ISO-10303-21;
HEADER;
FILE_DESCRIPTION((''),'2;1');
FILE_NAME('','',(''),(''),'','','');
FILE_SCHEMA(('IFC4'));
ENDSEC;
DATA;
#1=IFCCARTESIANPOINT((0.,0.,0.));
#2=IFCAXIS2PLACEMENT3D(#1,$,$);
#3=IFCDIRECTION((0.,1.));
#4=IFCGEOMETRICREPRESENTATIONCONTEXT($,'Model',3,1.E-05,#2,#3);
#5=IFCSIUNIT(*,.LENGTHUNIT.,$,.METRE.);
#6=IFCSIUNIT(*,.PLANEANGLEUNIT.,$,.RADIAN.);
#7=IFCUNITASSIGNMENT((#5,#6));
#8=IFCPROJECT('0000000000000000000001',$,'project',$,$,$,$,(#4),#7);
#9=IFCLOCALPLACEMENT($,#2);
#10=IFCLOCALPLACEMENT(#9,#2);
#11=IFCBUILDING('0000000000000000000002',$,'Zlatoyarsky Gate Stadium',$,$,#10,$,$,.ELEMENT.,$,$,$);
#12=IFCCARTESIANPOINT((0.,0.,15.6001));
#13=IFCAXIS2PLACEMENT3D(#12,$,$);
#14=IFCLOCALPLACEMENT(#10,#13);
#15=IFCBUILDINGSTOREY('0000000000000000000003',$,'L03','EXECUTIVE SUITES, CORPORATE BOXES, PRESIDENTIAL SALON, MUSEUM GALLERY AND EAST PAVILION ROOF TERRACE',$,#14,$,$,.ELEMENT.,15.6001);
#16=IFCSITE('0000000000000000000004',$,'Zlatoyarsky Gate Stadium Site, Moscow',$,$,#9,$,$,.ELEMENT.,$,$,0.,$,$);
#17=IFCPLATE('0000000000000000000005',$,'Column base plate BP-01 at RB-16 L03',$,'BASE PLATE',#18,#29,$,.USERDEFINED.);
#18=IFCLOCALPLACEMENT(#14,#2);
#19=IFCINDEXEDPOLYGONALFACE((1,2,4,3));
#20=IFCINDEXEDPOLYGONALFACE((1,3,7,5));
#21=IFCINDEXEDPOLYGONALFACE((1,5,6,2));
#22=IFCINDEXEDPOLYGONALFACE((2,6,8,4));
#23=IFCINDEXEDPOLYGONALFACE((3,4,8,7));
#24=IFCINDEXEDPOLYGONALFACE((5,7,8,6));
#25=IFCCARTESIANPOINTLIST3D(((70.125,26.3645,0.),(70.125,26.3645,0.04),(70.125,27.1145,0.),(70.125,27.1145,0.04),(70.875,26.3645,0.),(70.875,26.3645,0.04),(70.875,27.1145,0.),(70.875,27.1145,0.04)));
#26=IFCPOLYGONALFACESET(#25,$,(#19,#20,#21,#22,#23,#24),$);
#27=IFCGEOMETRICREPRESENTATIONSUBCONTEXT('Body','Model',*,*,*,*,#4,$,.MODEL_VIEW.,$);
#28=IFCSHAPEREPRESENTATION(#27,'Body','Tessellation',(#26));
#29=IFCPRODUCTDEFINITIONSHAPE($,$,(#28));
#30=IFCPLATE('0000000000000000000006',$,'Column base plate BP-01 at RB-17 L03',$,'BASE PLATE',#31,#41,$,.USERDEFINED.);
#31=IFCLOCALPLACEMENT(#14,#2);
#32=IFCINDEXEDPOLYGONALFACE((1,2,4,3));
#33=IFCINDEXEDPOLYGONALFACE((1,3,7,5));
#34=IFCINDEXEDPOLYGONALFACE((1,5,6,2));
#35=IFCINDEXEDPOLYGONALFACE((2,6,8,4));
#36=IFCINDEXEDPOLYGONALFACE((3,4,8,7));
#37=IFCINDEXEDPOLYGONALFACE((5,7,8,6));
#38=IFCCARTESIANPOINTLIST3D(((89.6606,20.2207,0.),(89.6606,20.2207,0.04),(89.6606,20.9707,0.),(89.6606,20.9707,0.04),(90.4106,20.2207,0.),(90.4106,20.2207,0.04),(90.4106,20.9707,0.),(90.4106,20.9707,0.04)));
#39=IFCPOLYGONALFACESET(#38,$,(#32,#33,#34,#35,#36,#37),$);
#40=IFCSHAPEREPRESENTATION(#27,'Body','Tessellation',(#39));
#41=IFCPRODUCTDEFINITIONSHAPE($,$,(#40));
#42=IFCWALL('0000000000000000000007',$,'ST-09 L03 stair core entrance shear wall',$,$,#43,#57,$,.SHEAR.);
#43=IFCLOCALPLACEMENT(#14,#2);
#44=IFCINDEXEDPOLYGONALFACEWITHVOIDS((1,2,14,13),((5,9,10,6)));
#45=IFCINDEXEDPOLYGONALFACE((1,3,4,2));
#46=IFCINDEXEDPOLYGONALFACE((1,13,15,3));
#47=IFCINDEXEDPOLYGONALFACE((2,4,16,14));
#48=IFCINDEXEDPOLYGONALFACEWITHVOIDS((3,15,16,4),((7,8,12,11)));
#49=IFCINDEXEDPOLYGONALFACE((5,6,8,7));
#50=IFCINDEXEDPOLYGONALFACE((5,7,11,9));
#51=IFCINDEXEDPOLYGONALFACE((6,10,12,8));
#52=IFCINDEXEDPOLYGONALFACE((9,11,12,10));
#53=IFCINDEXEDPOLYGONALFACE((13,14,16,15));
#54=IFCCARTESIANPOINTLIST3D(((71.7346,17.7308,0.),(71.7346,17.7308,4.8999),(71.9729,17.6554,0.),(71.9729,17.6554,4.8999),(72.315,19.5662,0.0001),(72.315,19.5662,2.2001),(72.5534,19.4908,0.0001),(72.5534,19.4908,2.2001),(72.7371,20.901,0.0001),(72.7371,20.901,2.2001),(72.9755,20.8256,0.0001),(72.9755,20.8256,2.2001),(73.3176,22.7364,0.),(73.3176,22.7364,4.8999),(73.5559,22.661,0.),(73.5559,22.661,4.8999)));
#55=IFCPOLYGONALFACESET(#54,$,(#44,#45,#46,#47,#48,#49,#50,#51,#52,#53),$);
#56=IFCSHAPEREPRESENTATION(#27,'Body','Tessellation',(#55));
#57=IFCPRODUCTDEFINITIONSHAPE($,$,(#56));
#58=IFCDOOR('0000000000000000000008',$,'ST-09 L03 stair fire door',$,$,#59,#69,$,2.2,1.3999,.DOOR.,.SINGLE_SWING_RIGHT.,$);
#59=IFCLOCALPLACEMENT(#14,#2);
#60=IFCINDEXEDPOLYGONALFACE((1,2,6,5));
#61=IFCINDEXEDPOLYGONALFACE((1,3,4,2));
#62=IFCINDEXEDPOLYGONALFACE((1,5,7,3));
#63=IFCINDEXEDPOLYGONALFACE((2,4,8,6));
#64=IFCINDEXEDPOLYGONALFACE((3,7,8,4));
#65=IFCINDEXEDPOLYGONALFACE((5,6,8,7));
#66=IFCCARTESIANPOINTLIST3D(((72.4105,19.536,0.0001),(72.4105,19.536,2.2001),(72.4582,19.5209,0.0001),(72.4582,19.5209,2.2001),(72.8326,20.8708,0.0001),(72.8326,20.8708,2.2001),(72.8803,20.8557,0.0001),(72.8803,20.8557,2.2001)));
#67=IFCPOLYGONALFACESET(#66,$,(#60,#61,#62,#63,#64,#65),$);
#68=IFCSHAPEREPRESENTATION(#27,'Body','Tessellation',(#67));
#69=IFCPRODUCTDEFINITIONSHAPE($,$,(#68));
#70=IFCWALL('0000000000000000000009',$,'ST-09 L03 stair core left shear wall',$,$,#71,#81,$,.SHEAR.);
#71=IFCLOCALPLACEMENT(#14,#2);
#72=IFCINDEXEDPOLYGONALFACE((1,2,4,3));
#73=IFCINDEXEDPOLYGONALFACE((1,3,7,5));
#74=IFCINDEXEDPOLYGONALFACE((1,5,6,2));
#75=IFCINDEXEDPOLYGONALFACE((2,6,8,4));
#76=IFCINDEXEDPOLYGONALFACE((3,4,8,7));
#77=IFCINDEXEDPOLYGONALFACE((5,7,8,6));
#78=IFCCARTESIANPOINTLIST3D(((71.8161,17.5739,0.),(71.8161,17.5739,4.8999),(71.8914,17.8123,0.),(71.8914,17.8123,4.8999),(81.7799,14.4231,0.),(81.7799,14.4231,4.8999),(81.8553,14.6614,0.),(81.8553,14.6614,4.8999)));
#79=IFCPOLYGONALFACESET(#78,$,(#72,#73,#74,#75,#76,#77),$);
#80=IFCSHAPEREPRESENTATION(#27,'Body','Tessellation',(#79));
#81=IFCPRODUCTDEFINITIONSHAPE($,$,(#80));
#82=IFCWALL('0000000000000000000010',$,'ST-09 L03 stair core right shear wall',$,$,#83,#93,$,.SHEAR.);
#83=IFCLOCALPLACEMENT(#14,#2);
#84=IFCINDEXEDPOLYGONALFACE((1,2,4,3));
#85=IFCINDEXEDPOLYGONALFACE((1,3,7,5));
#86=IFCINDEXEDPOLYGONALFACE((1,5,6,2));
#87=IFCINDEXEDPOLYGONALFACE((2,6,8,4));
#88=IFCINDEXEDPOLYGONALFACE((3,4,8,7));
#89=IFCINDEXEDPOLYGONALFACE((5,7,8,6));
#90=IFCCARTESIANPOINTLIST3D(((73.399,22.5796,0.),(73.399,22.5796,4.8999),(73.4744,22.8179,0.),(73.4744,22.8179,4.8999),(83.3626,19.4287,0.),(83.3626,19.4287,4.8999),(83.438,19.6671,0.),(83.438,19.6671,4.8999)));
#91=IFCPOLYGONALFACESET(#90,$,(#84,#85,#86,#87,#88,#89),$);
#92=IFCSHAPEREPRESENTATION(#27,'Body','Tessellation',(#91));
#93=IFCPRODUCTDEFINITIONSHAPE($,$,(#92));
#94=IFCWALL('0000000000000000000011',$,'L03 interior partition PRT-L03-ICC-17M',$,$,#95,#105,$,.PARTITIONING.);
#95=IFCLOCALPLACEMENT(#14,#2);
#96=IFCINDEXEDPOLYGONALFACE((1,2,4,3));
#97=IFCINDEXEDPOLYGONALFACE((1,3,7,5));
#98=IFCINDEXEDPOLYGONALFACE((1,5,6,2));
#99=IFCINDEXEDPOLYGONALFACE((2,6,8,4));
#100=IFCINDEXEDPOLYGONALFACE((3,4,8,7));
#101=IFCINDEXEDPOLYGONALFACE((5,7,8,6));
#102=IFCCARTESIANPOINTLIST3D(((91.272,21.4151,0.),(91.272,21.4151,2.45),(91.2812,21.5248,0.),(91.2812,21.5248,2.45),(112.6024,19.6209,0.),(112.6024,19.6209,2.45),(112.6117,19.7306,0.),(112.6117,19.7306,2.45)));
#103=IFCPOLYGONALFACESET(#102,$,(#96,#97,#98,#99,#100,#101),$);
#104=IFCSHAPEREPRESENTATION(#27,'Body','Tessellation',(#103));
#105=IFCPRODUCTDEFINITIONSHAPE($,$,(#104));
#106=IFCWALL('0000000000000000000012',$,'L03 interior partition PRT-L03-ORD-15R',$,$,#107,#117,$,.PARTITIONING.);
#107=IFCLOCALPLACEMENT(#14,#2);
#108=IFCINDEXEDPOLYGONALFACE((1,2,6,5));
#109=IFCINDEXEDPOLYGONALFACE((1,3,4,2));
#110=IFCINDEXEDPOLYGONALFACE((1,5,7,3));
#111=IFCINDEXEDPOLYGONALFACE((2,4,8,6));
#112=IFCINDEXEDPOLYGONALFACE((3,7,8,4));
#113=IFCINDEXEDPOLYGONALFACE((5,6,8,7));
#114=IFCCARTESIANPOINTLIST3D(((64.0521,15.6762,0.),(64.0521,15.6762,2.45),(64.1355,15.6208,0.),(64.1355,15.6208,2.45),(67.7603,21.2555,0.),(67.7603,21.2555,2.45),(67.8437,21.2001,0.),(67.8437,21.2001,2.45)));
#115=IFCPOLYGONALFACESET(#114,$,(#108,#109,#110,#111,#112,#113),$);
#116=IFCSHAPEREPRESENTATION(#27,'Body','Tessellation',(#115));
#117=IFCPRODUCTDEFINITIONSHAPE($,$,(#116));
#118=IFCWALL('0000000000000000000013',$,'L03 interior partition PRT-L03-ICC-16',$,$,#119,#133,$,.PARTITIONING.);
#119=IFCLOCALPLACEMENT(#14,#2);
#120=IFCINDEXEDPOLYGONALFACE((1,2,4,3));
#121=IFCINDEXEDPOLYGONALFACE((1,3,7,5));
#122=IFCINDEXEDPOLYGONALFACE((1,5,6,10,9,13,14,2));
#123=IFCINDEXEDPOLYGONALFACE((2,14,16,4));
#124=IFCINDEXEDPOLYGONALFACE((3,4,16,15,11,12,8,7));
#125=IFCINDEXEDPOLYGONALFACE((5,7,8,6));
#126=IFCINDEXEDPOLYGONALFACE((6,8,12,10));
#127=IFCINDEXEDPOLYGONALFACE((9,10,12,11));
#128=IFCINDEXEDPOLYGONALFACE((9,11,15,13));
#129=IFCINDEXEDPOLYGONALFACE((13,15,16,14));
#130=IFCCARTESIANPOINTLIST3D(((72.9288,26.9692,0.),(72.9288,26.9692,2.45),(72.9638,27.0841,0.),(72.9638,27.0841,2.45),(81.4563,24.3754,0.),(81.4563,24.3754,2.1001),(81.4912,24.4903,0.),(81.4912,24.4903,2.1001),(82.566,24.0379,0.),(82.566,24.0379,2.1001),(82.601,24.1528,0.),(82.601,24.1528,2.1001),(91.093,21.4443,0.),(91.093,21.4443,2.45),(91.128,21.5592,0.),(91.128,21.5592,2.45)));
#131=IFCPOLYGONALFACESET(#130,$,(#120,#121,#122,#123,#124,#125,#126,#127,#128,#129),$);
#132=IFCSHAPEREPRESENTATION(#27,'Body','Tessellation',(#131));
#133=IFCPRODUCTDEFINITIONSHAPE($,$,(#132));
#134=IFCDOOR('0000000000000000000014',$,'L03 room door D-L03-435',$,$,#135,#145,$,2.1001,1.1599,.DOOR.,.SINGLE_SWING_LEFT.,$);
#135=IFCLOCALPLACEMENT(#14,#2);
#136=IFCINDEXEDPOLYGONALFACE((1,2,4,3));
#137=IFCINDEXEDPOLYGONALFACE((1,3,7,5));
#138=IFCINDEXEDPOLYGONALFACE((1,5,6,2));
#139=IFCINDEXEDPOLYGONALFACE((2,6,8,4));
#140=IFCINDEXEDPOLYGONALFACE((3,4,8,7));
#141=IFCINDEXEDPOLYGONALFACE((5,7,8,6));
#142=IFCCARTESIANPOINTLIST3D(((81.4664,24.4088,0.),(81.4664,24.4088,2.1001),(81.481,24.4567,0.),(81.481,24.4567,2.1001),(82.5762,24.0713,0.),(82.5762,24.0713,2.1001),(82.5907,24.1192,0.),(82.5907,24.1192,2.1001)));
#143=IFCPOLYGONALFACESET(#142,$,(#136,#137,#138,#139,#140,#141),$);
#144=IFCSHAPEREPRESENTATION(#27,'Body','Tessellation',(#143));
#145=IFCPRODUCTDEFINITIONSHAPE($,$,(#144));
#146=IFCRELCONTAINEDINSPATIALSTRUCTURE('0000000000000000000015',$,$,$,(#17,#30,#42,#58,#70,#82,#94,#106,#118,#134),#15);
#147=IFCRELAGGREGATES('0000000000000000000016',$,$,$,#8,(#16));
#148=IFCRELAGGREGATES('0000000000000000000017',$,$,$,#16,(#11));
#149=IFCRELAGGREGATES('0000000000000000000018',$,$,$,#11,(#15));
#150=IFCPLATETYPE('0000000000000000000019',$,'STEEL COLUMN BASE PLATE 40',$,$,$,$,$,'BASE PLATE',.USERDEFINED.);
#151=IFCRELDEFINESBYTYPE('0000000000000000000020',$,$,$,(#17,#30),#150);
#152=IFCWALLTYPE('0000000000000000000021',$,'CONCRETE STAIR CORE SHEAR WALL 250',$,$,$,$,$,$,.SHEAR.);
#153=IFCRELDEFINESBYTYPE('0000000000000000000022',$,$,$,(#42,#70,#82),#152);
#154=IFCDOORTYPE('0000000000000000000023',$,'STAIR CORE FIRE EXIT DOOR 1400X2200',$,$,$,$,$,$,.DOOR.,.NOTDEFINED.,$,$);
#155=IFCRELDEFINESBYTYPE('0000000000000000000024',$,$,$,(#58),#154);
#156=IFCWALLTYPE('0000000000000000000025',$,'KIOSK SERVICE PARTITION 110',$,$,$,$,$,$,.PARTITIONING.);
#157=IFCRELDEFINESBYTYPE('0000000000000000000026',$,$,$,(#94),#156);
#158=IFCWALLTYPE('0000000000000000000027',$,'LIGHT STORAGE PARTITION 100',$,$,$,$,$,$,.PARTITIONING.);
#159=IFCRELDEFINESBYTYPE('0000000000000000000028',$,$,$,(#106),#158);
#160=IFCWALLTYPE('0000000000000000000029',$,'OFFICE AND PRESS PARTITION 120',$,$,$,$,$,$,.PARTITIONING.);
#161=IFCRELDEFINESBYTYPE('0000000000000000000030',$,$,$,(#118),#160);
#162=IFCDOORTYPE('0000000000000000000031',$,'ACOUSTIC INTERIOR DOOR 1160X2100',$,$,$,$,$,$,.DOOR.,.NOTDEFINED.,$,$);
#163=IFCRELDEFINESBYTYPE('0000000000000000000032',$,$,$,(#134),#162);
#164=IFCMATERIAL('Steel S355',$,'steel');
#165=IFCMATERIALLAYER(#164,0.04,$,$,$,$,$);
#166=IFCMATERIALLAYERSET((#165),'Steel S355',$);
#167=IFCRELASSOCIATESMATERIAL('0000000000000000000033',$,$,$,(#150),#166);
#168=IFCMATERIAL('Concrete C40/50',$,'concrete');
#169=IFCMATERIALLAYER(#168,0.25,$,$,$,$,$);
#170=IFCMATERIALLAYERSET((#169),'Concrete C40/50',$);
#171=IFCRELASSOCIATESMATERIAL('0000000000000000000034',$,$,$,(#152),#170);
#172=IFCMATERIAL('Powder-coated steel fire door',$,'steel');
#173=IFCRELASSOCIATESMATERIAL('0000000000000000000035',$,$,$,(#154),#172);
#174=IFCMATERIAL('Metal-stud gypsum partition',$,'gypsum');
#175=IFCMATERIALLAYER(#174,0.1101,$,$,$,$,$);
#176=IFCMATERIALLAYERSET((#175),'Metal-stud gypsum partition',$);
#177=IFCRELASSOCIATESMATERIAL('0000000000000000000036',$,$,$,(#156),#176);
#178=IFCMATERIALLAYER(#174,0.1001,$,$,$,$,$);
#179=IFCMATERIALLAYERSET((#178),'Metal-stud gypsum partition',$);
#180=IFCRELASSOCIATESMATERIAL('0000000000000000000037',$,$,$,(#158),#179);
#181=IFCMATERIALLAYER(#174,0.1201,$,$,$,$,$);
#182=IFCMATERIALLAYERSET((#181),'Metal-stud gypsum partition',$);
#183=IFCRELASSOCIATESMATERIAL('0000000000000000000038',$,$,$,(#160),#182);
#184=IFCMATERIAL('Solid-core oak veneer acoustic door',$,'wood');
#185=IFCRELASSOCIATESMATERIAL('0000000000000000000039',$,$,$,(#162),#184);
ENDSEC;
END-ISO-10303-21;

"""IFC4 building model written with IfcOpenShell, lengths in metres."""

from ifc_helpers import new_model, si_unit, direction, frame, frame_2d, origin, origin_2d, place, context, subcontext, project, spatial, rectangle, extrude, material, layer, layer_set, type_object, element, fill, save


model = new_model("IFC4")

# Units and contexts
model_context = context("Model", 3, precision=1e-05, world=origin(), true_north=direction((0.0, 1.0)))
body_context = subcontext(model_context, "Body", "Model", "MODEL_VIEW")
ifc_project = project(units=[si_unit("LENGTHUNIT", "METRE"), si_unit("PLANEANGLEUNIT", "RADIAN")], contexts=[model_context])

# Site, building, storey
site_placement = place(None, origin())
site = spatial("IfcSite", under=ifc_project, at=site_placement, Name="Zlatoyarsky Gate Stadium Site, Moscow", CompositionType="ELEMENT", RefElevation=0.0)
building_placement = place(site_placement, origin())
building = spatial("IfcBuilding", under=site, at=building_placement, Name="Zlatoyarsky Gate Stadium", CompositionType="ELEMENT")
storey_placement = place(building_placement, frame((0.0, 0.0, 15.6001)))
storey = spatial("IfcBuildingStorey", under=building, at=storey_placement, Name="L03", Description="EXECUTIVE SUITES, CORPORATE BOXES, PRESIDENTIAL SALON, MUSEUM GALLERY AND EAST PAVILION ROOF TERRACE", CompositionType="ELEMENT", Elevation=15.6001)

# Shared definitions
ifc_material_1 = material(Name="Steel S355", Category="steel")

# Plates
ifc_layer_1 = layer(ifc_material_1, 0.04)
ifc_layer_set_1 = layer_set([ifc_layer_1], Name="Steel S355")
plate_type = type_object("IfcPlateType", Name="STEEL COLUMN BASE PLATE 40", ElementType="BASE PLATE", PredefinedType="USERDEFINED", material=ifc_layer_set_1)
for number, where, z_axis, x_axis, name in (
    (1, (70.5, 26.7395, 0.0), (0.0, 0.0, 1.0), (1.0, 0.0, 0.0), "Column base plate BP-01 at RB-16 L03"),
    (2, (90.0356, 20.5957, 0.0), (0.0, 0.0, 1.0), (1.0, 0.0, 0.0), "Column base plate BP-01 at RB-17 L03"),
):
    element("IfcPlate", number, at=place(storey_placement, frame(where, z_axis=z_axis, x_axis=x_axis)), inside=storey, type_object=plate_type, Name=name, ObjectType="BASE PLATE", PredefinedType="USERDEFINED", context=body_context, shape_type="SweptSolid", body=[
        extrude(rectangle(XDim=0.75, YDim=0.75, at=origin_2d()), origin(), (0.0, 0.0, 1.0), 0.04),
    ])

# Wall, opening, door
ifc_material_2 = material(Name="Concrete C40/50", Category="concrete")
ifc_layer_2 = layer(ifc_material_2, 0.25)
ifc_layer_set_2 = layer_set([ifc_layer_2], Name="Concrete C40/50")
wall_type_1 = type_object("IfcWallType", Name="CONCRETE STAIR CORE SHEAR WALL 250", PredefinedType="SHEAR", material=ifc_layer_set_2)
wall_1_placement = place(storey_placement, frame((73.4368, 22.6987, 0.0), z_axis=(0.0, 0.0, 1.0), x_axis=(-0.301527, -0.953457, 0.0)))
wall_1 = element("IfcWall", 3, at=wall_1_placement, inside=storey, type_object=wall_type_1, Name="ST-09 L03 stair core entrance shear wall", PredefinedType="SHEAR", context=body_context, shape_type="SweptSolid", body=[
    extrude(rectangle(XDim=5.25, YDim=0.25, at=frame_2d((2.625, 0.0))), origin(), (0.0, 0.0, 1.0), 4.8999),
])
opening_1_placement = place(wall_1_placement, frame((1.925, 0.0, 0.0)))
opening_1 = element("IfcOpeningElement", 4, at=opening_1_placement, cuts=wall_1, PredefinedType="OPENING", context=body_context, shape_type="SweptSolid", body=[
    extrude(rectangle(XDim=1.3999, YDim=2.2, at=frame_2d((0.7, 1.1001))), frame((0.0, 0.135, 0.0), z_axis=(0.0, -1.0, 0.0), x_axis=(1.0, 0.0, 0.0)), (0.0, 0.0, 1.0), 0.27),
])
ifc_material_3 = material(Name="Powder-coated steel fire door", Category="steel")
door_type_1 = type_object("IfcDoorType", Name="STAIR CORE FIRE EXIT DOOR 1400X2200", OperationType="NOTDEFINED", PredefinedType="DOOR", material=ifc_material_3)
door_1_placement = place(opening_1_placement, frame((1.3999, 0.0, 0.0), z_axis=(0.0, 0.0, 1.0), x_axis=(-1.0, 0.0, 0.0)))
door_1 = element("IfcDoor", 5, at=door_1_placement, inside=storey, type_object=door_type_1, Name="ST-09 L03 stair fire door", OperationType="SINGLE_SWING_RIGHT", OverallHeight=2.2, OverallWidth=1.3999, PredefinedType="DOOR", context=body_context, shape_type="SweptSolid", body=[
    extrude(rectangle(XDim=1.3999, YDim=2.2, at=frame_2d((0.7, 1.1001))), frame((0.0, 0.0249, 0.0), z_axis=(0.0, -1.0, 0.0), x_axis=(1.0, 0.0, 0.0)), (0.0, 0.0, 1.0), 0.05),
])
fill(opening_1, door_1)

# Walls
wall_2_placement = place(storey_placement, frame((71.8538, 17.6931, 0.0), z_axis=(0.0, 0.0, 1.0), x_axis=(0.953462, -0.301514, 0.0)))
element("IfcWall", 6, at=wall_2_placement, inside=storey, type_object=wall_type_1, Name="ST-09 L03 stair core left shear wall", PredefinedType="SHEAR", context=body_context, shape_type="SweptSolid", body=[
    extrude(rectangle(XDim=10.4502, YDim=0.25, at=frame_2d((5.2251, 0.0))), origin(), (0.0, 0.0, 1.0), 4.8999),
])
wall_3_placement = place(storey_placement, frame((83.4004, 19.5479, 0.0), z_axis=(0.0, 0.0, 1.0), x_axis=(-0.95346, 0.30152, 0.0)))
element("IfcWall", 7, at=wall_3_placement, inside=storey, type_object=wall_type_1, Name="ST-09 L03 stair core right shear wall", PredefinedType="SHEAR", context=body_context, shape_type="SweptSolid", body=[
    extrude(rectangle(XDim=10.45, YDim=0.25, at=frame_2d((5.2251, 0.0))), origin(), (0.0, 0.0, 1.0), 4.8999),
])
ifc_material_4 = material(Name="Metal-stud gypsum partition", Category="gypsum")
ifc_layer_3 = layer(ifc_material_4, 0.1101)
ifc_layer_set_3 = layer_set([ifc_layer_3], Name="Metal-stud gypsum partition")
wall_type_2 = type_object("IfcWallType", Name="KIOSK SERVICE PARTITION 110", PredefinedType="PARTITIONING", material=ifc_layer_set_3)
wall_4_placement = place(storey_placement, frame((91.2766, 21.47, 0.0), z_axis=(0.0, 0.0, 1.0), x_axis=(0.996481, -0.083819, 0.0)))
element("IfcWall", 8, at=wall_4_placement, inside=storey, type_object=wall_type_2, Name="L03 interior partition PRT-L03-ICC-17M", PredefinedType="PARTITIONING", context=body_context, shape_type="SweptSolid", body=[
    extrude(rectangle(XDim=21.4058, YDim=0.1101, at=frame_2d((10.7029, 0.0))), origin(), (0.0, 0.0, 1.0), 2.45),
])
ifc_layer_4 = layer(ifc_material_4, 0.1001)
ifc_layer_set_4 = layer_set([ifc_layer_4], Name="Metal-stud gypsum partition")
wall_type_3 = type_object("IfcWallType", Name="LIGHT STORAGE PARTITION 100", PredefinedType="PARTITIONING", material=ifc_layer_set_4)
wall_5_placement = place(storey_placement, frame((67.802, 21.2278, 0.0), z_axis=(0.0, 0.0, 1.0), x_axis=(-0.553531, -0.832829, 0.0)))
element("IfcWall", 9, at=wall_5_placement, inside=storey, type_object=wall_type_3, Name="L03 interior partition PRT-L03-ORD-15R", PredefinedType="PARTITIONING", context=body_context, shape_type="SweptSolid", body=[
    extrude(rectangle(XDim=6.6992, YDim=0.1001, at=frame_2d((3.3496, 0.0))), origin(), (0.0, 0.0, 1.0), 2.45),
])

# Wall, opening, door
ifc_layer_5 = layer(ifc_material_4, 0.1201)
ifc_layer_set_5 = layer_set([ifc_layer_5], Name="Metal-stud gypsum partition")
wall_type_4 = type_object("IfcWallType", Name="OFFICE AND PRESS PARTITION 120", PredefinedType="PARTITIONING", material=ifc_layer_set_5)
wall_6_placement = place(storey_placement, frame((72.9463, 27.0266, 0.0), z_axis=(0.0, 0.0, 1.0), x_axis=(0.956723, -0.290999, 0.0)))
wall_6 = element("IfcWall", 10, at=wall_6_placement, inside=storey, type_object=wall_type_4, Name="L03 interior partition PRT-L03-ICC-16", PredefinedType="PARTITIONING", context=body_context, shape_type="SweptSolid", body=[
    extrude(rectangle(XDim=18.9858, YDim=0.1201, at=frame_2d((9.4929, 0.0))), origin(), (0.0, 0.0, 1.0), 2.45),
])
opening_2_placement = place(wall_6_placement, frame((8.9131, 0.0, 0.0)))
opening_2 = element("IfcOpeningElement", 11, at=opening_2_placement, cuts=wall_6, PredefinedType="OPENING", context=body_context, shape_type="SweptSolid", body=[
    extrude(rectangle(XDim=1.1599, YDim=2.1001, at=frame_2d((0.5801, 1.05))), frame((0.0, 0.0701, 0.0), z_axis=(0.0, -1.0, 0.0), x_axis=(1.0, 0.0, 0.0)), (0.0, 0.0, 1.0), 0.1401),
])
ifc_material_5 = material(Name="Solid-core oak veneer acoustic door", Category="wood")
door_type_2 = type_object("IfcDoorType", Name="ACOUSTIC INTERIOR DOOR 1160X2100", OperationType="NOTDEFINED", PredefinedType="DOOR", material=ifc_material_5)
door_2_placement = place(opening_2_placement, origin())
door_2 = element("IfcDoor", 12, at=door_2_placement, inside=storey, type_object=door_type_2, Name="L03 room door D-L03-435", OperationType="SINGLE_SWING_LEFT", OverallHeight=2.1001, OverallWidth=1.1599, PredefinedType="DOOR", context=body_context, shape_type="SweptSolid", body=[
    extrude(rectangle(XDim=1.1599, YDim=2.1001, at=frame_2d((0.5801, 1.05))), frame((0.0, 0.0249, 0.0), z_axis=(0.0, -1.0, 0.0), x_axis=(1.0, 0.0, 0.0)), (0.0, 0.0, 1.0), 0.05),
])
fill(opening_2, door_2)

save(model, "model.ifc")
